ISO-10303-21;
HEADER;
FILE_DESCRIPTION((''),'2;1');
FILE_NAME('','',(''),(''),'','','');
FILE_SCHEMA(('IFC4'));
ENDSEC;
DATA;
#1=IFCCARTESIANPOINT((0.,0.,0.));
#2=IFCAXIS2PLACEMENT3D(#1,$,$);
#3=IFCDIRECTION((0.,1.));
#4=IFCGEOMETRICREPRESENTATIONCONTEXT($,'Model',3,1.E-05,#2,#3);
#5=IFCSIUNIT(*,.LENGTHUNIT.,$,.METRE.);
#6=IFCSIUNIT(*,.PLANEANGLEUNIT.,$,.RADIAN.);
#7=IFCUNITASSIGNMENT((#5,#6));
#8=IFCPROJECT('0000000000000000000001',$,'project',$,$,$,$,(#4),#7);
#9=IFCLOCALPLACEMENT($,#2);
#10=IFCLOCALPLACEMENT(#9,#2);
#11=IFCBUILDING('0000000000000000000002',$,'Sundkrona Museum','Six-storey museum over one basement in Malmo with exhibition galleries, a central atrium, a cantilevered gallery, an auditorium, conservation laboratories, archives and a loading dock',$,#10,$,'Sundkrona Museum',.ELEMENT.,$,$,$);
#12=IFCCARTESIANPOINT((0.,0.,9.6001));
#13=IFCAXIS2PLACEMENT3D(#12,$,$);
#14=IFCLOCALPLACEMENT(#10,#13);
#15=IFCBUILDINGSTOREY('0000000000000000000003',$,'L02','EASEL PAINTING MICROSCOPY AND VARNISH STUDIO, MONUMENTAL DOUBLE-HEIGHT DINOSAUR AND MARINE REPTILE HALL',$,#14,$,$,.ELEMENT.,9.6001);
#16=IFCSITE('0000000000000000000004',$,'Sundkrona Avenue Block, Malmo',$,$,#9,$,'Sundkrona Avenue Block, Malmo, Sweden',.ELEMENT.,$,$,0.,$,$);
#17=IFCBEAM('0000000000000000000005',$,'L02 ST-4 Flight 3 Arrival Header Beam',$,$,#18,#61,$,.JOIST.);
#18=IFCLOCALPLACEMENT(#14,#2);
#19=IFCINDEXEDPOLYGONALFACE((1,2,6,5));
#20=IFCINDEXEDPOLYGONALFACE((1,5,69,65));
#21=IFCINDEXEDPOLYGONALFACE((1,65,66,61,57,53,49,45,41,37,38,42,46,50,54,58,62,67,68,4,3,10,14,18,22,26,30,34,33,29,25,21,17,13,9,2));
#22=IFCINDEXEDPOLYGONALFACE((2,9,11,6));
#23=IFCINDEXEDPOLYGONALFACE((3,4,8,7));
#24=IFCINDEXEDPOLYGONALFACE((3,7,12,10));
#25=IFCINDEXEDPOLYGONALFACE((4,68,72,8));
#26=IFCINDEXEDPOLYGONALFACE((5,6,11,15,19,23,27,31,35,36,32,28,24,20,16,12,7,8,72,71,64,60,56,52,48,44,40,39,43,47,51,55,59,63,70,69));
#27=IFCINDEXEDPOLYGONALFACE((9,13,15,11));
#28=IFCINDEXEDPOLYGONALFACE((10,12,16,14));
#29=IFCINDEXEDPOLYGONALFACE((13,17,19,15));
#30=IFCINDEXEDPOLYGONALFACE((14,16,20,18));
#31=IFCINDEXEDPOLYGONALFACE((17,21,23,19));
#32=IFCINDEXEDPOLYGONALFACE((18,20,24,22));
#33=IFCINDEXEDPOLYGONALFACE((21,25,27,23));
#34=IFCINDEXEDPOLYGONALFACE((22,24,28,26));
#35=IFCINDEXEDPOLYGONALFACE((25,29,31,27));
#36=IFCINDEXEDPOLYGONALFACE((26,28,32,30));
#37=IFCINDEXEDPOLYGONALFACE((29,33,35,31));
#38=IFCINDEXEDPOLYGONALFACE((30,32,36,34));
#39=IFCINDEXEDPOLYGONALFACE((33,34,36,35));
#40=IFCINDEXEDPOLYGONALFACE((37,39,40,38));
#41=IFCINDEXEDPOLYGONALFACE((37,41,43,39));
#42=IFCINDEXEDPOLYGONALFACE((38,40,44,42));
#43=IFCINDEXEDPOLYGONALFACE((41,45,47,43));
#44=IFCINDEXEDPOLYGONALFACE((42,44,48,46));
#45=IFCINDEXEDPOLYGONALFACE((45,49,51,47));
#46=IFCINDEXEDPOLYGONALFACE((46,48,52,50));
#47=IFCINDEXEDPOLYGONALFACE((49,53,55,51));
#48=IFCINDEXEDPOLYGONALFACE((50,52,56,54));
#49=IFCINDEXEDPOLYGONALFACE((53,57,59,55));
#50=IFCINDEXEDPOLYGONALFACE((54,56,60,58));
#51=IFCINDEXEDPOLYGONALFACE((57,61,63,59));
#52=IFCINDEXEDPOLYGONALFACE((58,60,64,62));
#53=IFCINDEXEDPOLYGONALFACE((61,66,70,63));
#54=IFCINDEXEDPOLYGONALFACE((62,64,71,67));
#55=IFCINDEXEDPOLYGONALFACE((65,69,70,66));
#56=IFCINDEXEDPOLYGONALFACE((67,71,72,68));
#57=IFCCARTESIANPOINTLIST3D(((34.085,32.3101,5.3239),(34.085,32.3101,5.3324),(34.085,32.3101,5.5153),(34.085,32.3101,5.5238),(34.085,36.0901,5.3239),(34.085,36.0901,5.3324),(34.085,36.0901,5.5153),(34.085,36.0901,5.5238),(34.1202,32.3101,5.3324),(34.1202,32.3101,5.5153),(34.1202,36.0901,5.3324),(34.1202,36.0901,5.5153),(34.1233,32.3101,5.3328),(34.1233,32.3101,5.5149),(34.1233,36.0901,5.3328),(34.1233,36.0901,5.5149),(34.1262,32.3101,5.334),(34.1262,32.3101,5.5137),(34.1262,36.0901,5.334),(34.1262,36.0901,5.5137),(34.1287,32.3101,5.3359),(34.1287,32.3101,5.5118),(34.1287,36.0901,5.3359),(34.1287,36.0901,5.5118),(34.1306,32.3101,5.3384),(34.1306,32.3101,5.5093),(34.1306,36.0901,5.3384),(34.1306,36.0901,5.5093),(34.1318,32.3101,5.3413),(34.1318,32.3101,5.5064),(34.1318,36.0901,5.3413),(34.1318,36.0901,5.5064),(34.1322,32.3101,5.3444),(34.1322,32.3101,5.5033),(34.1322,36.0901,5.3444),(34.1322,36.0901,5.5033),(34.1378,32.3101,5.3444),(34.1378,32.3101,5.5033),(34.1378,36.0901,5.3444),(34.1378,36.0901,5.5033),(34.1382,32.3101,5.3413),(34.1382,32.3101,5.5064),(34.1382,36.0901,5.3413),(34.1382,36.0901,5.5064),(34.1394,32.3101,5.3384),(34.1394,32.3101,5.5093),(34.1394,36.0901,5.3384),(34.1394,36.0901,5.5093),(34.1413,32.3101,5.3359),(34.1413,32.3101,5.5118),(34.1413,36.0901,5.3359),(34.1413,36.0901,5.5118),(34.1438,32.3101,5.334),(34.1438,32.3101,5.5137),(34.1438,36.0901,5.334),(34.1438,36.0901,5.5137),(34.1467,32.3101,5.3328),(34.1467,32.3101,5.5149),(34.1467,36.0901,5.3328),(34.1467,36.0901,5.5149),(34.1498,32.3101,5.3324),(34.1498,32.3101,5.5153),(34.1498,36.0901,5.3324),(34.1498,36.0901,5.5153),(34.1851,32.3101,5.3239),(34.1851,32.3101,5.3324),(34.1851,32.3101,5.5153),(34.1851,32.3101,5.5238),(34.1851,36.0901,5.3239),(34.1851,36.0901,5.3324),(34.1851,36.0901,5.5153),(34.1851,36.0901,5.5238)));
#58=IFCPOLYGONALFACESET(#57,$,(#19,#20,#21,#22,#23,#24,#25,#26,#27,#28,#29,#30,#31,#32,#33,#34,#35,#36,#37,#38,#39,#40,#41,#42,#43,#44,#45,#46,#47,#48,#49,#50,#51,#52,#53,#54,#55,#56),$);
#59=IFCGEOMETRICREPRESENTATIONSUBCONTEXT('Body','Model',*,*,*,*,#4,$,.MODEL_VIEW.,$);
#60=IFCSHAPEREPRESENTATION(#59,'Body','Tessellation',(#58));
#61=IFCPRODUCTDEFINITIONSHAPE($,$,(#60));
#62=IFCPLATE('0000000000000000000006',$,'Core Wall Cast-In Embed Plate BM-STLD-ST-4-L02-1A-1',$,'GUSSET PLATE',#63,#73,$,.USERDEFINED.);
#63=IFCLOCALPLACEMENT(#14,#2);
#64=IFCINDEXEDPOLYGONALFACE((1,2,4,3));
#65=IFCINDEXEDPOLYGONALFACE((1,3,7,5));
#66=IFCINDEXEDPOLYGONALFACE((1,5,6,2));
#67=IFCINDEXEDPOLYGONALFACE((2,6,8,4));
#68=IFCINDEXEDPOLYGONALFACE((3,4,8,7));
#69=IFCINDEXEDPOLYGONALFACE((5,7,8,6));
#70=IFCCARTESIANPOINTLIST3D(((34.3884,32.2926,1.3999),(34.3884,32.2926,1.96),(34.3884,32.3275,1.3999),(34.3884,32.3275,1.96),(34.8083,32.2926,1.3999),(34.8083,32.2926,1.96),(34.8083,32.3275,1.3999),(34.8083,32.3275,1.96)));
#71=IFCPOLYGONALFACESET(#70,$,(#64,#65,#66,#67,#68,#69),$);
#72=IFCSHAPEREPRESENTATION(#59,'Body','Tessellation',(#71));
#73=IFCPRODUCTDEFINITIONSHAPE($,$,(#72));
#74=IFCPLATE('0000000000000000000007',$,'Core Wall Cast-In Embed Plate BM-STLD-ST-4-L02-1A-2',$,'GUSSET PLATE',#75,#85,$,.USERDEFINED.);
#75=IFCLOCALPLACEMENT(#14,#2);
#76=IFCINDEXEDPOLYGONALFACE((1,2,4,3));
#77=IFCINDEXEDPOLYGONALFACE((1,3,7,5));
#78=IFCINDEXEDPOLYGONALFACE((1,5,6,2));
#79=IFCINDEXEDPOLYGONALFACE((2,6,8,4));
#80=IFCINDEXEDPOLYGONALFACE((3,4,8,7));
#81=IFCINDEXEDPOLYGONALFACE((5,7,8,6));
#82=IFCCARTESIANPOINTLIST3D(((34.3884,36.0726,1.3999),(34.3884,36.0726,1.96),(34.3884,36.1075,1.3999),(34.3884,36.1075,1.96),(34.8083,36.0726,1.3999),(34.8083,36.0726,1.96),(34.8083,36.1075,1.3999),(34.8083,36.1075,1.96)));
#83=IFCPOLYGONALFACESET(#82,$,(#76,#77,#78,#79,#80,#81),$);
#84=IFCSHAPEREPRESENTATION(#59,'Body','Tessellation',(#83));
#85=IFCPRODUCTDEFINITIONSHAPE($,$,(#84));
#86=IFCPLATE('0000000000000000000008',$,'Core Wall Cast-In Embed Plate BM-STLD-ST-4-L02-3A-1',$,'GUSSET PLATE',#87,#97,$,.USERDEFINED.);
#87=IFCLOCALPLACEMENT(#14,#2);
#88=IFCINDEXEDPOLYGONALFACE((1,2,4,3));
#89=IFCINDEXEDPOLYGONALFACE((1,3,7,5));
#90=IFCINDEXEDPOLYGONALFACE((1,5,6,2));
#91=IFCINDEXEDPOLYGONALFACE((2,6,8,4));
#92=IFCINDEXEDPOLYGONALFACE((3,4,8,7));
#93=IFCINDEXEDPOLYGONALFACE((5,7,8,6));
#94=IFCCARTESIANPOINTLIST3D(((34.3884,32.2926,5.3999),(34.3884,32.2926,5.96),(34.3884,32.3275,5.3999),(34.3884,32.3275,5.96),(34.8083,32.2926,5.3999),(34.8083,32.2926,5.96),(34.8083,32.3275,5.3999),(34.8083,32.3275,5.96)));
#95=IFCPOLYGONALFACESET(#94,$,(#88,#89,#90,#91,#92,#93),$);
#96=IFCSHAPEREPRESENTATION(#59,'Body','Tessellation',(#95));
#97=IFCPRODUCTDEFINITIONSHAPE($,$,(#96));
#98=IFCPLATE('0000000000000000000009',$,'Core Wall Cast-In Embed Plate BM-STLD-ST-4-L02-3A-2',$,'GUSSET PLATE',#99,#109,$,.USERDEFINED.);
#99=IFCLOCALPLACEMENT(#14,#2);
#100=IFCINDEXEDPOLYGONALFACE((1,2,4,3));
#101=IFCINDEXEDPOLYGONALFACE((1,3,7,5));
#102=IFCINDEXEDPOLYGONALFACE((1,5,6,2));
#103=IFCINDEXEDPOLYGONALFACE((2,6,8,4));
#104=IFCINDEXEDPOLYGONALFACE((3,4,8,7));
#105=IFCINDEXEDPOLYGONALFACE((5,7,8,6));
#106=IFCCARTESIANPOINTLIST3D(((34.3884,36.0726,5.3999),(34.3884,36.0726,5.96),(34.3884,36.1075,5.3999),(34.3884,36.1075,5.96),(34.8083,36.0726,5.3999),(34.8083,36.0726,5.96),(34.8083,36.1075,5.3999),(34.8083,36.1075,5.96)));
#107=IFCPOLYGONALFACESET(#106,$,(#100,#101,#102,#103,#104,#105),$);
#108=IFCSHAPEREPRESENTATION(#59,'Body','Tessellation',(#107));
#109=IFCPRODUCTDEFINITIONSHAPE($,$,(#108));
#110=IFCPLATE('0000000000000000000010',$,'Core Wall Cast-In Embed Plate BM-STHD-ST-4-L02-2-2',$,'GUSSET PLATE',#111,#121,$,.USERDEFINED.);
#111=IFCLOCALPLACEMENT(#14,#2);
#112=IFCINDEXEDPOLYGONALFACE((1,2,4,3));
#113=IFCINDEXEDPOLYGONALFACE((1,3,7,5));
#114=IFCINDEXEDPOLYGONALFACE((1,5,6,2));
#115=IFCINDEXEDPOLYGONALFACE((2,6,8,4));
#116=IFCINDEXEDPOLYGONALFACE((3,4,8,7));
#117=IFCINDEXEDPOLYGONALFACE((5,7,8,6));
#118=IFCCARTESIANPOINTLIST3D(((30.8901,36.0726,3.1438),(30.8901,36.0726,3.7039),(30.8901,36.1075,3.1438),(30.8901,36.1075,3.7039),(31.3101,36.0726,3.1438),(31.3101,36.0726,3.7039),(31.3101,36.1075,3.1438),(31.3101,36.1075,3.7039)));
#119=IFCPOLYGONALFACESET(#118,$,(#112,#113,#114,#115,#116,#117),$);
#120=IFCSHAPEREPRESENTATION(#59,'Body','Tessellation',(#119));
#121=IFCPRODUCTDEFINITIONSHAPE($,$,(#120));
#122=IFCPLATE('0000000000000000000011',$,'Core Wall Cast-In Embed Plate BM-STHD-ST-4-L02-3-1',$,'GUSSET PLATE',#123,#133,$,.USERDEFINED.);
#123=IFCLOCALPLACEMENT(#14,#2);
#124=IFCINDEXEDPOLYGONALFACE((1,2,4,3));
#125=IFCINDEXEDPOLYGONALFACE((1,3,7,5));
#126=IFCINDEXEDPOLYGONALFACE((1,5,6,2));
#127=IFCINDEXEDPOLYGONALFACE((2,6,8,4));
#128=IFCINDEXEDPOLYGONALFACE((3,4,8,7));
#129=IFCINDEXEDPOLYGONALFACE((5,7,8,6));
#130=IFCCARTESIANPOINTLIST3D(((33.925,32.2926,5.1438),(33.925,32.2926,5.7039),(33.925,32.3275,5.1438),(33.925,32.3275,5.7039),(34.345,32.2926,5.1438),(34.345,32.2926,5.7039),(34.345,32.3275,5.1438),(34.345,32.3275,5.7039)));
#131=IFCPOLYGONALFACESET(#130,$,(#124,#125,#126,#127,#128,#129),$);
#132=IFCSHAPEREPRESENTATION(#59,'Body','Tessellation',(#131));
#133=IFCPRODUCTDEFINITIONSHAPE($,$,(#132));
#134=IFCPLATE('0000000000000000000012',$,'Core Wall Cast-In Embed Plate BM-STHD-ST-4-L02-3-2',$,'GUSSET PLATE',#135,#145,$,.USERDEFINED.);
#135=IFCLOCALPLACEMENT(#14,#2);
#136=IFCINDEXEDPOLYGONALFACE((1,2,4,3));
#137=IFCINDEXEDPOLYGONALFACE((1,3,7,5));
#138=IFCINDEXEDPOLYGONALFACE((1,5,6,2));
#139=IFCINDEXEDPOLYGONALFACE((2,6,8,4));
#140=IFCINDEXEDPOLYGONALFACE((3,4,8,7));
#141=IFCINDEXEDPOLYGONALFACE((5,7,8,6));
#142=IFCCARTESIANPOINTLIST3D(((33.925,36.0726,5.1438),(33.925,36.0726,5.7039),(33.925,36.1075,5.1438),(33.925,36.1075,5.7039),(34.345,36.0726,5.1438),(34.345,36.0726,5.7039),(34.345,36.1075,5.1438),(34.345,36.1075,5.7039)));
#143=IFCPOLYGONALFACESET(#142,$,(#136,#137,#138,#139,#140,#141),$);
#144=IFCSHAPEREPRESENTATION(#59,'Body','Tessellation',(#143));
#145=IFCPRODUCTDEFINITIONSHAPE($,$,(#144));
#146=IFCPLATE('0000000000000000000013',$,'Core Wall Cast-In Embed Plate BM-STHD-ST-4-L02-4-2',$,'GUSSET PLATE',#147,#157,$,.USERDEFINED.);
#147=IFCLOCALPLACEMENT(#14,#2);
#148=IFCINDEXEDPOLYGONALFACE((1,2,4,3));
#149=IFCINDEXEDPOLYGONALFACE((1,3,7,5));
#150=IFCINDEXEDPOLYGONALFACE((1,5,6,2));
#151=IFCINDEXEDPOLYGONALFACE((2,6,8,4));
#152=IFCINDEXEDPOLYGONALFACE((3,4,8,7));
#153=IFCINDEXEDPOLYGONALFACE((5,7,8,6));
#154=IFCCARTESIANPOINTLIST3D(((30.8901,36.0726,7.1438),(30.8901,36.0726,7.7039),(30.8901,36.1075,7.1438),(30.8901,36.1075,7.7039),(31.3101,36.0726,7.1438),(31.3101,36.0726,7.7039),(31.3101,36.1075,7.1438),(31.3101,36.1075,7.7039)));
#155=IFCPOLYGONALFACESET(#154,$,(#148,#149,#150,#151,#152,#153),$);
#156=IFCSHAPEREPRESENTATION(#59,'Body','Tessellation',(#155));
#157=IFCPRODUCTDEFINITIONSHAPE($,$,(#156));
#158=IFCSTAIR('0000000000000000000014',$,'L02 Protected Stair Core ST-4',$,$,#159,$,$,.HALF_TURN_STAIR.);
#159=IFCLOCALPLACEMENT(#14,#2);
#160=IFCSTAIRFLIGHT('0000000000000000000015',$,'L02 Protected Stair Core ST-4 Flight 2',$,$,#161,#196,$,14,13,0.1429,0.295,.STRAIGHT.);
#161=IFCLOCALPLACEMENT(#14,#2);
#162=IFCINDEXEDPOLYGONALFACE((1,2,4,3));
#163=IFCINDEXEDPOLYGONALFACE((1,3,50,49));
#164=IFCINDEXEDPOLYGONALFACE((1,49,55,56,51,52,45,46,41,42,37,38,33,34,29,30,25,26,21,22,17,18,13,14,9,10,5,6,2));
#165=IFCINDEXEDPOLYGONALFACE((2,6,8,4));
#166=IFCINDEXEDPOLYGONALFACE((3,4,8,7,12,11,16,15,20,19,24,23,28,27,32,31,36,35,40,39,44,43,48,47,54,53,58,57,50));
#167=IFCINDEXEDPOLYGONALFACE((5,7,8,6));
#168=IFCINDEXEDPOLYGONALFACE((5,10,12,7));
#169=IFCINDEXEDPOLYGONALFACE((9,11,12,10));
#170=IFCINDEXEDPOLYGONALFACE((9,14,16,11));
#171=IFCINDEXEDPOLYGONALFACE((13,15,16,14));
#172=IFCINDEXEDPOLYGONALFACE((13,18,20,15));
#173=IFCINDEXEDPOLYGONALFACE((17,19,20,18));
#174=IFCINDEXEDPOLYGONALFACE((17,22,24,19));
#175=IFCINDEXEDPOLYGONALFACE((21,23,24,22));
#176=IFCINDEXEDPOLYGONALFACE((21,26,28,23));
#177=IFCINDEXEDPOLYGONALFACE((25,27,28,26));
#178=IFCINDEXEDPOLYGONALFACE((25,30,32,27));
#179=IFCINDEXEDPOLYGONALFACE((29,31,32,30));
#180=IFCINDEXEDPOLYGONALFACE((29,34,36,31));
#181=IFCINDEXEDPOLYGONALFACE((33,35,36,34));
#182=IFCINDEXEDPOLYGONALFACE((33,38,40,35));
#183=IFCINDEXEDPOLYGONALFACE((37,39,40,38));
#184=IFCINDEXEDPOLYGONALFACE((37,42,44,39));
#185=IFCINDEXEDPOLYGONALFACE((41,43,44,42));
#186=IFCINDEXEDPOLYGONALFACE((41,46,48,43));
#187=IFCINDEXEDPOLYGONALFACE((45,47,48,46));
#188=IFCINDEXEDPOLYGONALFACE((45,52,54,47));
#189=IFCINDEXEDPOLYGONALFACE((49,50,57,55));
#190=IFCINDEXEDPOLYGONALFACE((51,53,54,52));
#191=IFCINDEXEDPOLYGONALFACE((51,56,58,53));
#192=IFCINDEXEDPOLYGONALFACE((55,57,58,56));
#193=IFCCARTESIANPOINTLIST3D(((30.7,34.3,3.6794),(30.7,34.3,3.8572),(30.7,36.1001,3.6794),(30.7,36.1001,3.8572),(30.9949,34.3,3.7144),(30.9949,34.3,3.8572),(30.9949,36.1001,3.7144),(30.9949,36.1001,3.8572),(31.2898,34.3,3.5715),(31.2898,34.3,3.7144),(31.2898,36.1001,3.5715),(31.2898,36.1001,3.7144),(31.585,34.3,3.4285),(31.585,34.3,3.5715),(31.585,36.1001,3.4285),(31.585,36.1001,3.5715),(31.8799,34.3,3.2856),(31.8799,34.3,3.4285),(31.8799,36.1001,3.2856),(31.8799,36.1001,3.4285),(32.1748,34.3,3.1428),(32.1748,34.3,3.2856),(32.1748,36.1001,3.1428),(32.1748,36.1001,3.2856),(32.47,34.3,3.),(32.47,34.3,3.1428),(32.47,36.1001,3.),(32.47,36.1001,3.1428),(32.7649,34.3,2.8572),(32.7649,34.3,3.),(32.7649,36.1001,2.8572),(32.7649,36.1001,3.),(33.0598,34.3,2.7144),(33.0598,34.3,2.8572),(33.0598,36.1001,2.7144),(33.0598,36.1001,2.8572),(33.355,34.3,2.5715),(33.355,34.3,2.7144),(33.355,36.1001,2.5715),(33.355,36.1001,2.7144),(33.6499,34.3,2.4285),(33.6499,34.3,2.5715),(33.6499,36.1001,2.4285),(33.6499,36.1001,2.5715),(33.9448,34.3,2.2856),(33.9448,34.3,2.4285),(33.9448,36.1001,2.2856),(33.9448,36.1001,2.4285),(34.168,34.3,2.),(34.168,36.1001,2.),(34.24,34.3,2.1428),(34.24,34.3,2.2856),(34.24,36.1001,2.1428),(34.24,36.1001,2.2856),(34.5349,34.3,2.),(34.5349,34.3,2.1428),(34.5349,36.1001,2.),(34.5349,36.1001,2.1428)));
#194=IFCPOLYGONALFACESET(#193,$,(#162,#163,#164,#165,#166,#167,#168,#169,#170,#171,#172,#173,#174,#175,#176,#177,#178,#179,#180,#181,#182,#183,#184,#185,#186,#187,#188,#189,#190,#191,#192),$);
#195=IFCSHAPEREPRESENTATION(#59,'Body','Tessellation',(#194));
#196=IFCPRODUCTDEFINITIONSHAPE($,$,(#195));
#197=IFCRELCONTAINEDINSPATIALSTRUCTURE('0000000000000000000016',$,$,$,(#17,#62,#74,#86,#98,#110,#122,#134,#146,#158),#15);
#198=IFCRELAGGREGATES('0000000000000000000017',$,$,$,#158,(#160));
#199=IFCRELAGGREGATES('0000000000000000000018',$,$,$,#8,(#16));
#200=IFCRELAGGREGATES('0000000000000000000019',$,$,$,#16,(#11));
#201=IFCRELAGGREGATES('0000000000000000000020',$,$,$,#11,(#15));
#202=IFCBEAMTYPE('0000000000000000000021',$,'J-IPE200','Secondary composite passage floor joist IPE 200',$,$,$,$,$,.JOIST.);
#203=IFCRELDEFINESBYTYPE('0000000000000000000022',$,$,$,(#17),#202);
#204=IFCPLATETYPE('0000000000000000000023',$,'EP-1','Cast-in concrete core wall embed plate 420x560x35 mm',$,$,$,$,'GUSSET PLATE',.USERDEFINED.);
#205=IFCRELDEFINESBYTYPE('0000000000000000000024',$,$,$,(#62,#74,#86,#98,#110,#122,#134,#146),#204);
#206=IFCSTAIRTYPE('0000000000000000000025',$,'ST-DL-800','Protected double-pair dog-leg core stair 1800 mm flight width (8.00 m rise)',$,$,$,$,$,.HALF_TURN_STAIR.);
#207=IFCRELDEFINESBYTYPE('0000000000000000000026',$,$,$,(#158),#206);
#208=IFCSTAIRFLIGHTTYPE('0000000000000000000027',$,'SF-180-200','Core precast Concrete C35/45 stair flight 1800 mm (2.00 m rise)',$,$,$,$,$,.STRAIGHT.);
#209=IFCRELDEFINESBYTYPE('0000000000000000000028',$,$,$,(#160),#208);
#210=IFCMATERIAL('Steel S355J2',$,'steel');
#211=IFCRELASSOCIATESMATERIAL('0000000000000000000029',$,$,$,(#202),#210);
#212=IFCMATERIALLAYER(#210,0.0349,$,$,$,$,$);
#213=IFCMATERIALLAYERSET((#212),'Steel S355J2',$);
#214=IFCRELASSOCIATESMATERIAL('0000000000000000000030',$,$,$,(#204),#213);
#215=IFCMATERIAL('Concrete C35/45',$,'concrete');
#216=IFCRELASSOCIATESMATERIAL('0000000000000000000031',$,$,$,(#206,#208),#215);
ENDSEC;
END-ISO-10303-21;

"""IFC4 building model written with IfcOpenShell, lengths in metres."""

from ifc_helpers import new_model, si_unit, direction, frame, origin, origin_2d, place, context, subcontext, project, spatial, polyline, rectangle, i_section, outline, extrude, material, layer, layer_set, material_profile, profile_set, type_object, element, aggregate, save


model = new_model("IFC4")

# Units and contexts
model_context = context("Model", 3, precision=1e-05, world=origin(), true_north=direction((0.0, 1.0)))
body_context = subcontext(model_context, "Body", "Model", "MODEL_VIEW")
ifc_project = project(units=[si_unit("LENGTHUNIT", "METRE"), si_unit("PLANEANGLEUNIT", "RADIAN")], contexts=[model_context])

# Site, building, storey
site_placement = place(None, origin())
site = spatial("IfcSite", under=ifc_project, at=site_placement, Name="Sundkrona Avenue Block, Malmo", LongName="Sundkrona Avenue Block, Malmo, Sweden", CompositionType="ELEMENT", RefElevation=0.0)
building_placement = place(site_placement, origin())
building = spatial("IfcBuilding", under=site, at=building_placement, Name="Sundkrona Museum", Description="Six-storey museum over one basement in Malmo with exhibition galleries, a central atrium, a cantilevered gallery, an auditorium, conservation laboratories, archives and a loading dock", LongName="Sundkrona Museum", CompositionType="ELEMENT")
storey_placement = place(building_placement, frame((0.0, 0.0, 9.6001)))
storey = spatial("IfcBuildingStorey", under=building, at=storey_placement, Name="L02", Description="EASEL PAINTING MICROSCOPY AND VARNISH STUDIO, MONUMENTAL DOUBLE-HEIGHT DINOSAUR AND MARINE REPTILE HALL", CompositionType="ELEMENT", Elevation=9.6001)

# Shared definitions
ifc_material_1 = material(Name="Steel S355J2", Category="steel")

# Beam
ifc_material_profile_1 = material_profile(ifc_material_1, i_section(OverallWidth=0.1001, OverallDepth=0.2, WebThickness=0.0056, FlangeThickness=0.0085, FilletRadius=0.012, at=origin_2d()), Name="IPE 200")
ifc_profile_set_1 = profile_set([ifc_material_profile_1], Name="Steel S355J2")
beam_type = type_object("IfcBeamType", Name="J-IPE200", Description="Secondary composite passage floor joist IPE 200", PredefinedType="JOIST", material=ifc_profile_set_1)
for number, where, z_axis, x_axis, name in (
    (1, (34.135, 32.3101, 5.4238), (0.0, 1.0, 0.0), (-1.0, 0.0, 0.0), "L02 ST-4 Flight 3 Arrival Header Beam"),
):
    element("IfcBeam", number, at=place(storey_placement, frame(where, z_axis=z_axis, x_axis=x_axis)), inside=storey, type_object=beam_type, Name=name, PredefinedType="JOIST", context=body_context, shape_type="SweptSolid", body=[
        extrude(i_section(OverallWidth=0.1001, OverallDepth=0.2, WebThickness=0.0056, FlangeThickness=0.0085, FilletRadius=0.012, at=origin_2d()), origin(), (0.0, 0.0, 1.0), 3.78),
    ])

# Plates
ifc_layer = layer(ifc_material_1, 0.0349)
ifc_layer_set = layer_set([ifc_layer], Name="Steel S355J2")
plate_type = type_object("IfcPlateType", Name="EP-1", Description="Cast-in concrete core wall embed plate 420x560x35 mm", ElementType="GUSSET PLATE", PredefinedType="USERDEFINED", material=ifc_layer_set)
for number, where, z_axis, x_axis, name in (
    (2, (34.5984, 32.3101, 1.3999), (0.0, 0.0, 1.0), (1.0, 0.0, 0.0), "Core Wall Cast-In Embed Plate BM-STLD-ST-4-L02-1A-1"),
    (3, (34.5984, 36.0901, 1.3999), (0.0, 0.0, 1.0), (1.0, 0.0, 0.0), "Core Wall Cast-In Embed Plate BM-STLD-ST-4-L02-1A-2"),
    (4, (34.5984, 32.3101, 5.3999), (0.0, 0.0, 1.0), (1.0, 0.0, 0.0), "Core Wall Cast-In Embed Plate BM-STLD-ST-4-L02-3A-1"),
    (5, (34.5984, 36.0901, 5.3999), (0.0, 0.0, 1.0), (1.0, 0.0, 0.0), "Core Wall Cast-In Embed Plate BM-STLD-ST-4-L02-3A-2"),
    (6, (31.1001, 36.0901, 3.1438), (0.0, 0.0, 1.0), (1.0, 0.0, 0.0), "Core Wall Cast-In Embed Plate BM-STHD-ST-4-L02-2-2"),
    (7, (34.135, 32.3101, 5.1438), (0.0, 0.0, 1.0), (1.0, 0.0, 0.0), "Core Wall Cast-In Embed Plate BM-STHD-ST-4-L02-3-1"),
    (8, (34.135, 36.0901, 5.1438), (0.0, 0.0, 1.0), (1.0, 0.0, 0.0), "Core Wall Cast-In Embed Plate BM-STHD-ST-4-L02-3-2"),
    (9, (31.1001, 36.0901, 7.1438), (0.0, 0.0, 1.0), (1.0, 0.0, 0.0), "Core Wall Cast-In Embed Plate BM-STHD-ST-4-L02-4-2"),
):
    element("IfcPlate", number, at=place(storey_placement, frame(where, z_axis=z_axis, x_axis=x_axis)), inside=storey, type_object=plate_type, Name=name, ObjectType="GUSSET PLATE", PredefinedType="USERDEFINED", context=body_context, shape_type="SweptSolid", body=[
        extrude(rectangle(XDim=0.4199, YDim=0.0349, at=origin_2d()), origin(), (0.0, 0.0, 1.0), 0.5601),
    ])

# Stair, stair flight
ifc_material_2 = material(Name="Concrete C35/45", Category="concrete")
stair_type = type_object("IfcStairType", Name="ST-DL-800", Description="Protected double-pair dog-leg core stair 1800 mm flight width (8.00 m rise)", PredefinedType="HALF_TURN_STAIR", material=ifc_material_2)
stair_placement = place(storey_placement, origin())
stair = element("IfcStair", 10, at=stair_placement, inside=storey, type_object=stair_type, Name="L02 Protected Stair Core ST-4", PredefinedType="HALF_TURN_STAIR")
stair_flight_type = type_object("IfcStairFlightType", Name="SF-180-200", Description="Core precast Concrete C35/45 stair flight 1800 mm (2.00 m rise)", PredefinedType="STRAIGHT", material=ifc_material_2)
stair_flight_1_placement = place(storey_placement, frame((34.5349, 35.2, 2.0), z_axis=(0.0, 0.0, 1.0), x_axis=(-1.0, 0.0, 0.0)))
stair_flight_1 = element("IfcStairFlight", 11, at=stair_flight_1_placement, type_object=stair_flight_type, Name="L02 Protected Stair Core ST-4 Flight 2", NumberOfRisers=14, NumberOfTreads=13, PredefinedType="STRAIGHT", RiserHeight=0.1429, TreadLength=0.295, context=body_context, shape_type="SweptSolid", body=[
    extrude(outline(polyline([(0.0, 0.0), (0.0, 0.1428), (0.2949, 0.1428), (0.2949, 0.2856), (0.5901, 0.2856), (0.5901, 0.4285), (0.885, 0.4285), (0.885, 0.5715), (1.1799, 0.5715), (1.1799, 0.7144), (1.4751, 0.7144), (1.4751, 0.8572), (1.77, 0.8572), (1.77, 1.0), (2.0649, 1.0), (2.0649, 1.1428), (2.3601, 1.1428), (2.3601, 1.2856), (2.655, 1.2856), (2.655, 1.4285), (2.95, 1.4285), (2.95, 1.5715), (3.2451, 1.5715), (3.2451, 1.7144), (3.54, 1.7144), (3.54, 1.8572), (3.835, 1.8572), (3.835, 2.0), (3.835, 1.6794), (0.3669, 0.0), (0.0, 0.0)])), frame((0.0, 0.8999, 0.0), z_axis=(0.0, -1.0, 0.0), x_axis=(1.0, 0.0, 0.0)), (0.0, 0.0, 1.0), 1.8),
])
aggregate(stair, [stair_flight_1])

save(model, "model.ifc")
